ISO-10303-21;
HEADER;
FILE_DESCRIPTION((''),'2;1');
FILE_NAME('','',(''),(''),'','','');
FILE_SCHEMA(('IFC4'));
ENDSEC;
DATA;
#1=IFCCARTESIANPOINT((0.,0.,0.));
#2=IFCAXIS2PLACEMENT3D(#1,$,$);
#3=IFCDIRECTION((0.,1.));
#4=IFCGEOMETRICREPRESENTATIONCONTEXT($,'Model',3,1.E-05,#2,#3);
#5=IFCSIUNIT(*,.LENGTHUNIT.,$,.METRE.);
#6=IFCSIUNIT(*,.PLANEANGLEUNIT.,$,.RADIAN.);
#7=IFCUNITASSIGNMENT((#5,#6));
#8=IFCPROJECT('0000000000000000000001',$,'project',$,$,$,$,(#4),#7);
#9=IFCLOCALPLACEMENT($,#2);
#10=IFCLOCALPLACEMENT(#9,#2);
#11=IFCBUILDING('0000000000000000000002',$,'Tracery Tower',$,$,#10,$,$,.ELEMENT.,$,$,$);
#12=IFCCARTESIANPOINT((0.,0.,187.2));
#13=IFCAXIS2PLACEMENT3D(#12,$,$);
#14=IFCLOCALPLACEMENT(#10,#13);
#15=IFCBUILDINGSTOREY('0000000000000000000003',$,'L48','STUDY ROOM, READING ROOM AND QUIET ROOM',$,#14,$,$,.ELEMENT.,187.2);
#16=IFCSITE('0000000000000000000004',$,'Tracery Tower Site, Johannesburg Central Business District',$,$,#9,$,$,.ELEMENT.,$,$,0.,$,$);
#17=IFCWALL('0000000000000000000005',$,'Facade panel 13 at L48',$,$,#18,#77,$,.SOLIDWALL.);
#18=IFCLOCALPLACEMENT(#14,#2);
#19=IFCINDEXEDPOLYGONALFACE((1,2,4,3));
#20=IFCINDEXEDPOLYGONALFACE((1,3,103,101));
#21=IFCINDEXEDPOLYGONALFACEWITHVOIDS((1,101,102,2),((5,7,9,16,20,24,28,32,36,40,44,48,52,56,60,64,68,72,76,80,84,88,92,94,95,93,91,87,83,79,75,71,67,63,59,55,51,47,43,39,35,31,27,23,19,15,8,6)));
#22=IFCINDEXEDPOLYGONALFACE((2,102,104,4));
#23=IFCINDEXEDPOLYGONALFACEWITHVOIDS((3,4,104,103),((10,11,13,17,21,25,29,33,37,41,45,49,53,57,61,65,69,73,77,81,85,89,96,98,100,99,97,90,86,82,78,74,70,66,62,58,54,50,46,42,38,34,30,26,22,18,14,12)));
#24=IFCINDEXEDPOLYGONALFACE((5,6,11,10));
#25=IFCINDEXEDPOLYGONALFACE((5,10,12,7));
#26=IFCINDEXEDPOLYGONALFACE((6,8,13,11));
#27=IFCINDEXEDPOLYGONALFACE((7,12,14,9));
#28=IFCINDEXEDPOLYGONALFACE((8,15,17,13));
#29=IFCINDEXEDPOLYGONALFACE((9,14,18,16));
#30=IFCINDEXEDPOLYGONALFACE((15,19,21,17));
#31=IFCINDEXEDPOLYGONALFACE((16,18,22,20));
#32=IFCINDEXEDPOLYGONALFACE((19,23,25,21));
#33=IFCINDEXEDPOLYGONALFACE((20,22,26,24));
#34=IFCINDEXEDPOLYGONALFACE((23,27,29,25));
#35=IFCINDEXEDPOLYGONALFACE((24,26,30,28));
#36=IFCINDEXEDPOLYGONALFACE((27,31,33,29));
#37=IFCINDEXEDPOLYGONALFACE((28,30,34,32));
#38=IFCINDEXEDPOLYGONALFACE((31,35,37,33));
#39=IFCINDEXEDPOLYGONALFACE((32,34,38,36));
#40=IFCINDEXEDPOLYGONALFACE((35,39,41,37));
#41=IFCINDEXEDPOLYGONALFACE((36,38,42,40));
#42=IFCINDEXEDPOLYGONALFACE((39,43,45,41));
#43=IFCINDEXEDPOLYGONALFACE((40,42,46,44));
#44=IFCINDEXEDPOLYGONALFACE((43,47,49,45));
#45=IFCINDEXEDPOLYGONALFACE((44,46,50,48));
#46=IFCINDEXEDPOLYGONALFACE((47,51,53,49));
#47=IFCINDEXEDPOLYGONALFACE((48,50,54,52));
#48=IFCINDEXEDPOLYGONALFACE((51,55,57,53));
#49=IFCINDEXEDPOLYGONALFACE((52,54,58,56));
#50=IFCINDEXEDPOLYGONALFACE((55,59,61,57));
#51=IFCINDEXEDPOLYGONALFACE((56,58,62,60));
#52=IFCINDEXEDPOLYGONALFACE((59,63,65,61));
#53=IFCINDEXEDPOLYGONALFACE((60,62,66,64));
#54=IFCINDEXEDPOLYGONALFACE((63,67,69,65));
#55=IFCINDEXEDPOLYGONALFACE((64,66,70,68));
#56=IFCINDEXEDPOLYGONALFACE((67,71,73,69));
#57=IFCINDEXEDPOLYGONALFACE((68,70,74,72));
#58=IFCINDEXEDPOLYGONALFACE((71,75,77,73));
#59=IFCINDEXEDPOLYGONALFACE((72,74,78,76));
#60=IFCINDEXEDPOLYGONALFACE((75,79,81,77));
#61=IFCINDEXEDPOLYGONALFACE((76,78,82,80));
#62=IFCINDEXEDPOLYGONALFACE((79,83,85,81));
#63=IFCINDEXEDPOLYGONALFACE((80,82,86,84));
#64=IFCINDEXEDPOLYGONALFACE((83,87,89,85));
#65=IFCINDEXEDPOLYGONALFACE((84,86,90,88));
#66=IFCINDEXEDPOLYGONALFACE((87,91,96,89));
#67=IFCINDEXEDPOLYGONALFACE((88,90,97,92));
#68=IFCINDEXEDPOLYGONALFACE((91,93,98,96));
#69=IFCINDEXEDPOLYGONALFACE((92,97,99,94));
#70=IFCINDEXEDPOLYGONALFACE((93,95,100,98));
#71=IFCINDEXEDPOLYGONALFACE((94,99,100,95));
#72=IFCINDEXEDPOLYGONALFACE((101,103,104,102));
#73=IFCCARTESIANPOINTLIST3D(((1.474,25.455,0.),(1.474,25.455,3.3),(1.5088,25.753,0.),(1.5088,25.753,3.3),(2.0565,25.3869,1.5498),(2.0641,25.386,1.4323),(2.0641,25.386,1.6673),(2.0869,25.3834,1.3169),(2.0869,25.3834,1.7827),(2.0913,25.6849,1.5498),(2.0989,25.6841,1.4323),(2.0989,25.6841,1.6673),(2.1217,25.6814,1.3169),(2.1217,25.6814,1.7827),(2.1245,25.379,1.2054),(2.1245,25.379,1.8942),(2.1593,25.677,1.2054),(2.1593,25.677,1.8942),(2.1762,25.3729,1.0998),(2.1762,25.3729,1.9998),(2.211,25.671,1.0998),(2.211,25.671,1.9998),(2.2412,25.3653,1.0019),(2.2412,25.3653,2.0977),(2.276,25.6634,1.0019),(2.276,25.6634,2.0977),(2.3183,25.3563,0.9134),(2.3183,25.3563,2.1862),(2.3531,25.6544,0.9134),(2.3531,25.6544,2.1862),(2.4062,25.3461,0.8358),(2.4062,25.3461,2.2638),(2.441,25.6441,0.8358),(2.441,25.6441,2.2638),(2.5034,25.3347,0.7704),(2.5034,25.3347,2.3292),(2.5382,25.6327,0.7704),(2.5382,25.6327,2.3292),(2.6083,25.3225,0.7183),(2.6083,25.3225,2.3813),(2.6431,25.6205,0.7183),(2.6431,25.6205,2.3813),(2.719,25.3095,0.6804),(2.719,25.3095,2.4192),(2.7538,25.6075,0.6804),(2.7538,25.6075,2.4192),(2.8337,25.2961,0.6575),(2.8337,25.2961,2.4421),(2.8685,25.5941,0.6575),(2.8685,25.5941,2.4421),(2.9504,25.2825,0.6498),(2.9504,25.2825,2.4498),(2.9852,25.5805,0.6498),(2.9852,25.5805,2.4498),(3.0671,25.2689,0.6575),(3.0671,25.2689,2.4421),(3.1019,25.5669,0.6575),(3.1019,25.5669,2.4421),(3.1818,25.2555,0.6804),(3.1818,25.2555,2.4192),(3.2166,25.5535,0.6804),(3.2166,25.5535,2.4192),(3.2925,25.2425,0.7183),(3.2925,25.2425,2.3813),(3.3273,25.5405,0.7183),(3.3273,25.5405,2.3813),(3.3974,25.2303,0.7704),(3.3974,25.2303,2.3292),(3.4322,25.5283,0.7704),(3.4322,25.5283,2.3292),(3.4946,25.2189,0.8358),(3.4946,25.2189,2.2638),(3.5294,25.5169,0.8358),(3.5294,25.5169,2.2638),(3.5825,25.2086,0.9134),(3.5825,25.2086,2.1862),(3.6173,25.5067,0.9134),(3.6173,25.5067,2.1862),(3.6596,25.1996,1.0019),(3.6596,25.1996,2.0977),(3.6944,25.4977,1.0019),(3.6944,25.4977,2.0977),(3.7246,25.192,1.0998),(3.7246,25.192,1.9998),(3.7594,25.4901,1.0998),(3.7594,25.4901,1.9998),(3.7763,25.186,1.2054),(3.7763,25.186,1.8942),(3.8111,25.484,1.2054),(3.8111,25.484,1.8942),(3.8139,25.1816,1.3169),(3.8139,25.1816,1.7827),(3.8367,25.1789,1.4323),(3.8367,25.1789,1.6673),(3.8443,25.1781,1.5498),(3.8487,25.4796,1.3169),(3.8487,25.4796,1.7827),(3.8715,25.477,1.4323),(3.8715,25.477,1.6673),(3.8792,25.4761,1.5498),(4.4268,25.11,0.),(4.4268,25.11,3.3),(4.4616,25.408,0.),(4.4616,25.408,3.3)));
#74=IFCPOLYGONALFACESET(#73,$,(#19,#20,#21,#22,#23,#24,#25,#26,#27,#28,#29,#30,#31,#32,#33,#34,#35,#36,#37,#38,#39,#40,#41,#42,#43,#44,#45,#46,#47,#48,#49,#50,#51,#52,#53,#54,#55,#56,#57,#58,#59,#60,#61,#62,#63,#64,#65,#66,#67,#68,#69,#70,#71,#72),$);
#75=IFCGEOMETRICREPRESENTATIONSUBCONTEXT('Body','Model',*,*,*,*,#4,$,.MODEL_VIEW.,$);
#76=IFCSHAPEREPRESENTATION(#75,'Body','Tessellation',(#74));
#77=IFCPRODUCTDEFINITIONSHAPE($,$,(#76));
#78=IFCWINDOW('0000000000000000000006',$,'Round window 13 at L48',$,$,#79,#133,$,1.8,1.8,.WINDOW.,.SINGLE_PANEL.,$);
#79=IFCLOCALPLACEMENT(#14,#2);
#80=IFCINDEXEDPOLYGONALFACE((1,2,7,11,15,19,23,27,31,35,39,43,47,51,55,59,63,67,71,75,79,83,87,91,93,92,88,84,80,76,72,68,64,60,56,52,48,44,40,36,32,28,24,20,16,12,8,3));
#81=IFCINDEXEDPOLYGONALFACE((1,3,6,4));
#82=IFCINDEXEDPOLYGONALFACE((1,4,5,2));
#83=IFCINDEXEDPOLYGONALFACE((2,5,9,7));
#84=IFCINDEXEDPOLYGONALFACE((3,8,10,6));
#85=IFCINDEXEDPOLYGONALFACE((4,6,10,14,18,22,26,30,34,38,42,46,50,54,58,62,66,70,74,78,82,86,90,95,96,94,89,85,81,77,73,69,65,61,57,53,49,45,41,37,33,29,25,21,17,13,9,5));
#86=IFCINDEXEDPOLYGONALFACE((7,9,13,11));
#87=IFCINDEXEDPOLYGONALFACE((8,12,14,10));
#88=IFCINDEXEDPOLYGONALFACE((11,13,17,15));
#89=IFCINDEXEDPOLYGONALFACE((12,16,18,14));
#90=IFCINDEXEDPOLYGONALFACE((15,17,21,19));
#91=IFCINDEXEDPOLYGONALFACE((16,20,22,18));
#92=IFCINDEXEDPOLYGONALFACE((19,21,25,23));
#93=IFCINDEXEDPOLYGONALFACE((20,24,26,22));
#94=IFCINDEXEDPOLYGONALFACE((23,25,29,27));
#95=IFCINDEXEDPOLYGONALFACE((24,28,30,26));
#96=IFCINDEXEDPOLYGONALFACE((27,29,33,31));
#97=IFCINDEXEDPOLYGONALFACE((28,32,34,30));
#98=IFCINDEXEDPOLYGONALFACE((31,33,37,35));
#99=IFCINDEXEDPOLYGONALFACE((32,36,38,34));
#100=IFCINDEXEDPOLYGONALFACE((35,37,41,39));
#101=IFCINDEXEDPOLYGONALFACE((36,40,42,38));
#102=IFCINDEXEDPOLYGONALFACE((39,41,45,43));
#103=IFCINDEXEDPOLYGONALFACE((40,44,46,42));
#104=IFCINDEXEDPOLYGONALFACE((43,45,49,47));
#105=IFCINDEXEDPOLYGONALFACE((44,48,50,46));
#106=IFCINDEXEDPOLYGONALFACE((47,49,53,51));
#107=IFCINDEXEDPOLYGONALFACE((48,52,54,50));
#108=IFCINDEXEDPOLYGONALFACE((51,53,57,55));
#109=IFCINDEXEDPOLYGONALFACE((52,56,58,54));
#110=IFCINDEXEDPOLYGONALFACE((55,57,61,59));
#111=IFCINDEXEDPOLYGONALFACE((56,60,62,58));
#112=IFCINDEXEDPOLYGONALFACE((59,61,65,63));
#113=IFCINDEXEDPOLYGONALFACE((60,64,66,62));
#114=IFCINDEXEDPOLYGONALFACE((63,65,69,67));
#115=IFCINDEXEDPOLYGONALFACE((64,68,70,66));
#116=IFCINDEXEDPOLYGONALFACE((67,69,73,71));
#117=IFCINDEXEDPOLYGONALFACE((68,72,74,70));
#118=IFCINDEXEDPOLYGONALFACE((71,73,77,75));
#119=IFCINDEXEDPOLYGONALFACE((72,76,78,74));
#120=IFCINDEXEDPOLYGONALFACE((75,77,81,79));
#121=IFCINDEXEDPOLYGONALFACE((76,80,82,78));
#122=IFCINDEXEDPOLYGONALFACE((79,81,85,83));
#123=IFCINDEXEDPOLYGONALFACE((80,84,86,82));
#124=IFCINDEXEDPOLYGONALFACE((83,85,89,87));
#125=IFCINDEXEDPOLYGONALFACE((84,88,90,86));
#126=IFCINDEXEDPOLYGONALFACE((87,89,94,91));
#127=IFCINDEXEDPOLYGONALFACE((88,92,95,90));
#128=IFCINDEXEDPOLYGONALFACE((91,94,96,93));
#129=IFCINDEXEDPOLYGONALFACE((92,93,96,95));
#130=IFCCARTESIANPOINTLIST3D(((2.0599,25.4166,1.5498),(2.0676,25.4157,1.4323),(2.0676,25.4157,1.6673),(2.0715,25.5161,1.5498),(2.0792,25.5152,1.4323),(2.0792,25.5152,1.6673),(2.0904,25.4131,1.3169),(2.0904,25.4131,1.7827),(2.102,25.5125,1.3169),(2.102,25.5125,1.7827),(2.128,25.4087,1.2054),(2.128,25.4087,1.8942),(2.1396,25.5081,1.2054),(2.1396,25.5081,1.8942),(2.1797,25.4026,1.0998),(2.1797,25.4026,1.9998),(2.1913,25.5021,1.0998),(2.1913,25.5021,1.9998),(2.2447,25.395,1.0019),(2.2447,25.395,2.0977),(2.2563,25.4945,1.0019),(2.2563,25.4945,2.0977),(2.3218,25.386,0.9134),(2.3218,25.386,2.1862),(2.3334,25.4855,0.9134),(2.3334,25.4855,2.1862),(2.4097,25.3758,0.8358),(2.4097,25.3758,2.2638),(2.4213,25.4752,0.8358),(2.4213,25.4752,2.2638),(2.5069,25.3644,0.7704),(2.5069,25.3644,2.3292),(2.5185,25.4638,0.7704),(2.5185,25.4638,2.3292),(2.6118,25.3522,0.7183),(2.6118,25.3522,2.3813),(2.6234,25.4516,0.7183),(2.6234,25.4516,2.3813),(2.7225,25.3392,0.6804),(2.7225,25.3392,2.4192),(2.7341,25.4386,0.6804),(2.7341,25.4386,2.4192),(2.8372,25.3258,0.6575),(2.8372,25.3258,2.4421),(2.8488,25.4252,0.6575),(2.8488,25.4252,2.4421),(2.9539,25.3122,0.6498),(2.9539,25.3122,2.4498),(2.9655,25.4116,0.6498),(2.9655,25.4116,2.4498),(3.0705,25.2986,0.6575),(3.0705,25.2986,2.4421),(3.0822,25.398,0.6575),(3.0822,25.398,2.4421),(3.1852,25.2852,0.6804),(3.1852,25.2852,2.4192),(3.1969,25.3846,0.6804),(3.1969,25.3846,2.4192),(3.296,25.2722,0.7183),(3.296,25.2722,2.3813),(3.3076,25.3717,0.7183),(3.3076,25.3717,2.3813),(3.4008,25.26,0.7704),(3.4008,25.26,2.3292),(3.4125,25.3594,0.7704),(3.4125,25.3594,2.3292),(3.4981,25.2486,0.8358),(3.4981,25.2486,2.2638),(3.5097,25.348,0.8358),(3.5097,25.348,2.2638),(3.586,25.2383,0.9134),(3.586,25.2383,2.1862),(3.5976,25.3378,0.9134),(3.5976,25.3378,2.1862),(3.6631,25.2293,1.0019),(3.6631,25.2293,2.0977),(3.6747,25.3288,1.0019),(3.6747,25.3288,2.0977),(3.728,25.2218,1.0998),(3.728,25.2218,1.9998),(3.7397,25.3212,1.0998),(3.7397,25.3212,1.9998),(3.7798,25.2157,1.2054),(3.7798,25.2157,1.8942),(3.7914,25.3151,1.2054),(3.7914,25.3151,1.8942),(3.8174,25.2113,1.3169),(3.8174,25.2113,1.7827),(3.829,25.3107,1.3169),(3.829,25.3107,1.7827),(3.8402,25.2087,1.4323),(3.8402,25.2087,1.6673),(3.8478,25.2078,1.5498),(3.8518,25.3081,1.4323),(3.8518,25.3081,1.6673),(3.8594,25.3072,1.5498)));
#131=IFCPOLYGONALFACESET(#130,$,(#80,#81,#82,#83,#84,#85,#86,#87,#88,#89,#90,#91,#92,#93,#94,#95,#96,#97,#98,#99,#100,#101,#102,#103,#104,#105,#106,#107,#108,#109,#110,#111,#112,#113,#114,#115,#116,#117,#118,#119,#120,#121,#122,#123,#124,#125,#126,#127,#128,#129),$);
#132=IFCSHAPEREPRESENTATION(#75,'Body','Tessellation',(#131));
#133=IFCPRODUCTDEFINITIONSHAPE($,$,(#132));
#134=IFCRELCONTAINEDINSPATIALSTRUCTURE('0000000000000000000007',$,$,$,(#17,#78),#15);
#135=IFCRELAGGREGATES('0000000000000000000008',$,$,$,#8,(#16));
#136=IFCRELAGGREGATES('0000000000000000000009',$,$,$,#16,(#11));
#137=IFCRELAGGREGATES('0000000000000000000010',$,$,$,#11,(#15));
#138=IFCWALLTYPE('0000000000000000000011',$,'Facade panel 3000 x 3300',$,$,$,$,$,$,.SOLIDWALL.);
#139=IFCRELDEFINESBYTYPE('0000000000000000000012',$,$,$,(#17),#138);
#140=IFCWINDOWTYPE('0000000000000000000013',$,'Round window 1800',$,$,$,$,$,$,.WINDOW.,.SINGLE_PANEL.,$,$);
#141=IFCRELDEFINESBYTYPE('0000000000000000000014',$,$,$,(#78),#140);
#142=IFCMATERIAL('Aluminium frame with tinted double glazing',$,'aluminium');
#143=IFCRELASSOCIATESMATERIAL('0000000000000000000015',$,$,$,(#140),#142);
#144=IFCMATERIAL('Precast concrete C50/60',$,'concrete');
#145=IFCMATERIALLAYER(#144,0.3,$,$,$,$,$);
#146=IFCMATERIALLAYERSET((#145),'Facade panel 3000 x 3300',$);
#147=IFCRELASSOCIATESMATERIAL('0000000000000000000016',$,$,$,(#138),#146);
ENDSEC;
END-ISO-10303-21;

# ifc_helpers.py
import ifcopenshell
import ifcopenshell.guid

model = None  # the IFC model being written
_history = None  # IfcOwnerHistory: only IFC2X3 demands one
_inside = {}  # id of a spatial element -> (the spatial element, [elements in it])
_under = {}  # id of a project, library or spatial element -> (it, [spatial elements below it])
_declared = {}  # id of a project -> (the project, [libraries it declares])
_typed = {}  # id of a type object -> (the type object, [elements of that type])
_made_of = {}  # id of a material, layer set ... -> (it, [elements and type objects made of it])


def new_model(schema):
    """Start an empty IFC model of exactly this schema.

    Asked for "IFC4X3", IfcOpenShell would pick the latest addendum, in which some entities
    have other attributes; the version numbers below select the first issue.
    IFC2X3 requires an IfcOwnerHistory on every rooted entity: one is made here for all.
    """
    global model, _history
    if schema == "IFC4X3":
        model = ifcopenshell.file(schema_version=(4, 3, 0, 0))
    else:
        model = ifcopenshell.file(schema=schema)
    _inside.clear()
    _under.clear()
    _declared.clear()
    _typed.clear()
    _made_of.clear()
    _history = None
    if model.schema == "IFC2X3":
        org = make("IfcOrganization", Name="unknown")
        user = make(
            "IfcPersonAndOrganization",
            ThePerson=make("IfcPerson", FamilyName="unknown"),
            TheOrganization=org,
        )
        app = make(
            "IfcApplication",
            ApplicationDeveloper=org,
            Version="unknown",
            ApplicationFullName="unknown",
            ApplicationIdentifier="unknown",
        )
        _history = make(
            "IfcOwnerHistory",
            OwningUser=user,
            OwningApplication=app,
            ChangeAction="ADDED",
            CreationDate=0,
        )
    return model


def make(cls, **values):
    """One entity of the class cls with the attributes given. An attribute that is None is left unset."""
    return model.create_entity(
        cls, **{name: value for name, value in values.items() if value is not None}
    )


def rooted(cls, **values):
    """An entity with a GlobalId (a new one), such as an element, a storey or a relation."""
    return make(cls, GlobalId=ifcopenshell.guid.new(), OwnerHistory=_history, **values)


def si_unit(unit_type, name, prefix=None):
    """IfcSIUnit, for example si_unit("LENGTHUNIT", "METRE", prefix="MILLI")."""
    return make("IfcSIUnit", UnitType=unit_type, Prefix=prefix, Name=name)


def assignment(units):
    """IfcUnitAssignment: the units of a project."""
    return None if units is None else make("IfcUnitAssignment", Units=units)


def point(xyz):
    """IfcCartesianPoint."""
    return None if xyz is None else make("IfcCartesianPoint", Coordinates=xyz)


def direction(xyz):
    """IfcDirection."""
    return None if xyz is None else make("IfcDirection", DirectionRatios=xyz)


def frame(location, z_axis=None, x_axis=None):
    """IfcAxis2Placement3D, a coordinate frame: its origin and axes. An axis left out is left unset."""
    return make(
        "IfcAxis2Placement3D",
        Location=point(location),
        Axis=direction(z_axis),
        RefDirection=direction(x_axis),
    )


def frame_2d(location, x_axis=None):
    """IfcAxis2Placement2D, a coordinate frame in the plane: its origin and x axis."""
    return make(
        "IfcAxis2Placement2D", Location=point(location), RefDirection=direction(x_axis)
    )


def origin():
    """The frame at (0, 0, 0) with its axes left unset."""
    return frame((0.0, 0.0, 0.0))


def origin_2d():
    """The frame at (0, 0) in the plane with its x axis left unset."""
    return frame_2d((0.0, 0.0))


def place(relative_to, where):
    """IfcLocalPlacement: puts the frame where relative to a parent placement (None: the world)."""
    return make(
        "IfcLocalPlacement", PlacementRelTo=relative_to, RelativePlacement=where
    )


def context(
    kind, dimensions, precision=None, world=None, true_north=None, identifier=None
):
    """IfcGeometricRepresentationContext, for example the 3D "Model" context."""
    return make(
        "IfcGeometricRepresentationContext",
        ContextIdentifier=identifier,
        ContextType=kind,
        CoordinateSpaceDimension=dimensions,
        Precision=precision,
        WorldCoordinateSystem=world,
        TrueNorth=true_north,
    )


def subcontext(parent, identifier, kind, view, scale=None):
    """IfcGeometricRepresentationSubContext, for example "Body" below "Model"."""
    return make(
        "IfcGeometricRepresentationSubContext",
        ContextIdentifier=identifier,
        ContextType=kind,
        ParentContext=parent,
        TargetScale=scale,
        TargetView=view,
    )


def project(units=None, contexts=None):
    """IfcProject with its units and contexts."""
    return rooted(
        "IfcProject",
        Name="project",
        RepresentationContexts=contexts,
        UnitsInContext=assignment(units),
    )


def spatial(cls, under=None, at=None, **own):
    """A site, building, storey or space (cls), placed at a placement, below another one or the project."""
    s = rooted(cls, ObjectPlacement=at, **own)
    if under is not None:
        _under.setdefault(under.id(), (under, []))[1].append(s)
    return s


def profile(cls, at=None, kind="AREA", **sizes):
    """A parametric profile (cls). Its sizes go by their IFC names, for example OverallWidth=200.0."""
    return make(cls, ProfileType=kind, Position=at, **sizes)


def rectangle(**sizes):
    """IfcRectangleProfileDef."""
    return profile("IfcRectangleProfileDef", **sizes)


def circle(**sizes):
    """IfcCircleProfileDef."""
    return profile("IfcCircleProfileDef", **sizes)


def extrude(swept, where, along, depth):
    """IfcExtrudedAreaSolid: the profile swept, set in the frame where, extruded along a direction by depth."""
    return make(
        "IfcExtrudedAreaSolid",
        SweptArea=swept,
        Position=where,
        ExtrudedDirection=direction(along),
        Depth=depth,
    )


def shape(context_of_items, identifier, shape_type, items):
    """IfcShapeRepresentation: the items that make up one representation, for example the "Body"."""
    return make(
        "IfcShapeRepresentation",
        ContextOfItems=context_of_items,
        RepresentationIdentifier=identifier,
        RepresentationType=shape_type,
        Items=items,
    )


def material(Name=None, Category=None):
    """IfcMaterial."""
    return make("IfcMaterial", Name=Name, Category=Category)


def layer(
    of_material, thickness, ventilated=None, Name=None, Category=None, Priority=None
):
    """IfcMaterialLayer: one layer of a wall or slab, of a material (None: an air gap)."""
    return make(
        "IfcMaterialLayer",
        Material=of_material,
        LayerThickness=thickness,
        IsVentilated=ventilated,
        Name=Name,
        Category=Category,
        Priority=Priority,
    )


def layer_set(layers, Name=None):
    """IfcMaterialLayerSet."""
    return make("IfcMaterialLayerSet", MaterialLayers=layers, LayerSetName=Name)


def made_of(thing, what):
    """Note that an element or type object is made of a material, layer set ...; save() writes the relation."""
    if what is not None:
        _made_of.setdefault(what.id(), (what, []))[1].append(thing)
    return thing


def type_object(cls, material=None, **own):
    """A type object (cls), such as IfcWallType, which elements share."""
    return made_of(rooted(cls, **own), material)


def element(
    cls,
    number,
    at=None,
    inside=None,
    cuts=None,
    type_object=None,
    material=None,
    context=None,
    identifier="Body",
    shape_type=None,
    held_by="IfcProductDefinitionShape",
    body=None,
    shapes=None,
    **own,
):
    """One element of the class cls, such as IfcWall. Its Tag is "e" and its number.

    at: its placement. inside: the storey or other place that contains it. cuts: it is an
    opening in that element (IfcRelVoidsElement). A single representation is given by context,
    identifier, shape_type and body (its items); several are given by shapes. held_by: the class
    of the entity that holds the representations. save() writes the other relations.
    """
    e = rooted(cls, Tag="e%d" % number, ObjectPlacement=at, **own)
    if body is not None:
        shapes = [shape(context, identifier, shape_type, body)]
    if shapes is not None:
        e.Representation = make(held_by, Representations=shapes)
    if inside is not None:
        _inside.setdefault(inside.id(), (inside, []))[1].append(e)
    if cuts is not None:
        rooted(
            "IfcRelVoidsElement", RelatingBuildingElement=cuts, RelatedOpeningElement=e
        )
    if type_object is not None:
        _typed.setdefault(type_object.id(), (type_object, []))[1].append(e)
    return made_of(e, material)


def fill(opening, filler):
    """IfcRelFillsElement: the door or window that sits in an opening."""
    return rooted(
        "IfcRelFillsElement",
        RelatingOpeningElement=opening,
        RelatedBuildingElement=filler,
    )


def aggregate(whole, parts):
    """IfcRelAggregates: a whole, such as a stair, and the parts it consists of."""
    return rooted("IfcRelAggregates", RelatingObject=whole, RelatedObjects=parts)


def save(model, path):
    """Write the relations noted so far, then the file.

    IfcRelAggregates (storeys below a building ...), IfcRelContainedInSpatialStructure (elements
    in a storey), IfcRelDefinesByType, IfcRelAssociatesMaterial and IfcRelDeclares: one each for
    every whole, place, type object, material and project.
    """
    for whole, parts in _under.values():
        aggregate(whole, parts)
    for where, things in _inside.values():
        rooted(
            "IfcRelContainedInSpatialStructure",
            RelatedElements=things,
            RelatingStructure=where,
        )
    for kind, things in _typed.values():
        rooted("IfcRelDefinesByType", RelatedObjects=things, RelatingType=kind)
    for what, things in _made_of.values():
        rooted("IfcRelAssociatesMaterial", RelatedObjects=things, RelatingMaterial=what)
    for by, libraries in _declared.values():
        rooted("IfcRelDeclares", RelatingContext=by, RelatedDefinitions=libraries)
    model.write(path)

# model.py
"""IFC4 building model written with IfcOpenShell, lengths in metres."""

from ifc_helpers import new_model, si_unit, direction, frame, frame_2d, origin, origin_2d, place, context, subcontext, project, spatial, rectangle, circle, extrude, material, layer, layer_set, type_object, element, fill, save


model = new_model("IFC4")

# Units and contexts
model_context = context("Model", 3, precision=1e-05, world=origin(), true_north=direction((0.0, 1.0)))
body_context = subcontext(model_context, "Body", "Model", "MODEL_VIEW")
ifc_project = project(units=[si_unit("LENGTHUNIT", "METRE"), si_unit("PLANEANGLEUNIT", "RADIAN")], contexts=[model_context])

# Site, building, storey
site_placement = place(None, origin())
site = spatial("IfcSite", under=ifc_project, at=site_placement, Name="Tracery Tower Site, Johannesburg Central Business District", CompositionType="ELEMENT", RefElevation=0.0)
building_placement = place(site_placement, origin())
building = spatial("IfcBuilding", under=site, at=building_placement, Name="Tracery Tower", CompositionType="ELEMENT")
storey_placement = place(building_placement, frame((0.0, 0.0, 187.2)))
storey = spatial("IfcBuildingStorey", under=building, at=storey_placement, Name="L48", Description="STUDY ROOM, READING ROOM AND QUIET ROOM", CompositionType="ELEMENT", Elevation=187.2)

# Wall, opening, window
ifc_material_1 = material(Name="Aluminium frame with tinted double glazing", Category="aluminium")
window_type = type_object("IfcWindowType", Name="Round window 1800", PartitioningType="SINGLE_PANEL", PredefinedType="WINDOW", material=ifc_material_1)
ifc_material_2 = material(Name="Precast concrete C50/60", Category="concrete")
ifc_layer_1 = layer(ifc_material_2, 0.3)
ifc_layer_set_1 = layer_set([ifc_layer_1], Name="Facade panel 3000 x 3300")
wall_type_1 = type_object("IfcWallType", Name="Facade panel 3000 x 3300", PredefinedType="SOLIDWALL", material=ifc_layer_set_1)
wall_1_placement = place(storey_placement, frame((4.4441, 25.259, 0.0), z_axis=(0.0, 0.0, 1.0), x_axis=(-0.993245, 0.116036, 0.0)))
wall_1 = element("IfcWall", 1, at=wall_1_placement, inside=storey, type_object=wall_type_1, Name="Facade panel 13 at L48", PredefinedType="SOLIDWALL", context=body_context, shape_type="SweptSolid", body=[
    extrude(rectangle(XDim=2.9729, YDim=0.3, at=frame_2d((1.4863, 0.0))), origin(), (0.0, 0.0, 1.0), 3.3),
])
opening_1_placement = place(wall_1_placement, frame((1.4863, 0.0, 1.5498)))
opening_1 = element("IfcOpeningElement", 2, at=opening_1_placement, cuts=wall_1, PredefinedType="OPENING", context=body_context, shape_type="SweptSolid", body=[
    extrude(circle(Radius=0.9, at=origin_2d()), frame((0.0, 0.1599, 0.0), z_axis=(0.0, -1.0, 0.0), x_axis=(1.0, 0.0, 0.0)), (0.0, 0.0, 1.0), 0.3201),
])
window_1_placement = place(opening_1_placement, origin())
window_1 = element("IfcWindow", 3, at=window_1_placement, inside=storey, type_object=window_type, Name="Round window 13 at L48", OverallHeight=1.8, OverallWidth=1.8, PartitioningType="SINGLE_PANEL", PredefinedType="WINDOW", context=body_context, shape_type="SweptSolid", body=[
    extrude(circle(Radius=0.9, at=origin_2d()), frame((0.0, 0.1201, 0.0), z_axis=(0.0, -1.0, 0.0), x_axis=(1.0, 0.0, 0.0)), (0.0, 0.0, 1.0), 0.1001),
])
fill(opening_1, window_1)

save(model, "model.ifc")
